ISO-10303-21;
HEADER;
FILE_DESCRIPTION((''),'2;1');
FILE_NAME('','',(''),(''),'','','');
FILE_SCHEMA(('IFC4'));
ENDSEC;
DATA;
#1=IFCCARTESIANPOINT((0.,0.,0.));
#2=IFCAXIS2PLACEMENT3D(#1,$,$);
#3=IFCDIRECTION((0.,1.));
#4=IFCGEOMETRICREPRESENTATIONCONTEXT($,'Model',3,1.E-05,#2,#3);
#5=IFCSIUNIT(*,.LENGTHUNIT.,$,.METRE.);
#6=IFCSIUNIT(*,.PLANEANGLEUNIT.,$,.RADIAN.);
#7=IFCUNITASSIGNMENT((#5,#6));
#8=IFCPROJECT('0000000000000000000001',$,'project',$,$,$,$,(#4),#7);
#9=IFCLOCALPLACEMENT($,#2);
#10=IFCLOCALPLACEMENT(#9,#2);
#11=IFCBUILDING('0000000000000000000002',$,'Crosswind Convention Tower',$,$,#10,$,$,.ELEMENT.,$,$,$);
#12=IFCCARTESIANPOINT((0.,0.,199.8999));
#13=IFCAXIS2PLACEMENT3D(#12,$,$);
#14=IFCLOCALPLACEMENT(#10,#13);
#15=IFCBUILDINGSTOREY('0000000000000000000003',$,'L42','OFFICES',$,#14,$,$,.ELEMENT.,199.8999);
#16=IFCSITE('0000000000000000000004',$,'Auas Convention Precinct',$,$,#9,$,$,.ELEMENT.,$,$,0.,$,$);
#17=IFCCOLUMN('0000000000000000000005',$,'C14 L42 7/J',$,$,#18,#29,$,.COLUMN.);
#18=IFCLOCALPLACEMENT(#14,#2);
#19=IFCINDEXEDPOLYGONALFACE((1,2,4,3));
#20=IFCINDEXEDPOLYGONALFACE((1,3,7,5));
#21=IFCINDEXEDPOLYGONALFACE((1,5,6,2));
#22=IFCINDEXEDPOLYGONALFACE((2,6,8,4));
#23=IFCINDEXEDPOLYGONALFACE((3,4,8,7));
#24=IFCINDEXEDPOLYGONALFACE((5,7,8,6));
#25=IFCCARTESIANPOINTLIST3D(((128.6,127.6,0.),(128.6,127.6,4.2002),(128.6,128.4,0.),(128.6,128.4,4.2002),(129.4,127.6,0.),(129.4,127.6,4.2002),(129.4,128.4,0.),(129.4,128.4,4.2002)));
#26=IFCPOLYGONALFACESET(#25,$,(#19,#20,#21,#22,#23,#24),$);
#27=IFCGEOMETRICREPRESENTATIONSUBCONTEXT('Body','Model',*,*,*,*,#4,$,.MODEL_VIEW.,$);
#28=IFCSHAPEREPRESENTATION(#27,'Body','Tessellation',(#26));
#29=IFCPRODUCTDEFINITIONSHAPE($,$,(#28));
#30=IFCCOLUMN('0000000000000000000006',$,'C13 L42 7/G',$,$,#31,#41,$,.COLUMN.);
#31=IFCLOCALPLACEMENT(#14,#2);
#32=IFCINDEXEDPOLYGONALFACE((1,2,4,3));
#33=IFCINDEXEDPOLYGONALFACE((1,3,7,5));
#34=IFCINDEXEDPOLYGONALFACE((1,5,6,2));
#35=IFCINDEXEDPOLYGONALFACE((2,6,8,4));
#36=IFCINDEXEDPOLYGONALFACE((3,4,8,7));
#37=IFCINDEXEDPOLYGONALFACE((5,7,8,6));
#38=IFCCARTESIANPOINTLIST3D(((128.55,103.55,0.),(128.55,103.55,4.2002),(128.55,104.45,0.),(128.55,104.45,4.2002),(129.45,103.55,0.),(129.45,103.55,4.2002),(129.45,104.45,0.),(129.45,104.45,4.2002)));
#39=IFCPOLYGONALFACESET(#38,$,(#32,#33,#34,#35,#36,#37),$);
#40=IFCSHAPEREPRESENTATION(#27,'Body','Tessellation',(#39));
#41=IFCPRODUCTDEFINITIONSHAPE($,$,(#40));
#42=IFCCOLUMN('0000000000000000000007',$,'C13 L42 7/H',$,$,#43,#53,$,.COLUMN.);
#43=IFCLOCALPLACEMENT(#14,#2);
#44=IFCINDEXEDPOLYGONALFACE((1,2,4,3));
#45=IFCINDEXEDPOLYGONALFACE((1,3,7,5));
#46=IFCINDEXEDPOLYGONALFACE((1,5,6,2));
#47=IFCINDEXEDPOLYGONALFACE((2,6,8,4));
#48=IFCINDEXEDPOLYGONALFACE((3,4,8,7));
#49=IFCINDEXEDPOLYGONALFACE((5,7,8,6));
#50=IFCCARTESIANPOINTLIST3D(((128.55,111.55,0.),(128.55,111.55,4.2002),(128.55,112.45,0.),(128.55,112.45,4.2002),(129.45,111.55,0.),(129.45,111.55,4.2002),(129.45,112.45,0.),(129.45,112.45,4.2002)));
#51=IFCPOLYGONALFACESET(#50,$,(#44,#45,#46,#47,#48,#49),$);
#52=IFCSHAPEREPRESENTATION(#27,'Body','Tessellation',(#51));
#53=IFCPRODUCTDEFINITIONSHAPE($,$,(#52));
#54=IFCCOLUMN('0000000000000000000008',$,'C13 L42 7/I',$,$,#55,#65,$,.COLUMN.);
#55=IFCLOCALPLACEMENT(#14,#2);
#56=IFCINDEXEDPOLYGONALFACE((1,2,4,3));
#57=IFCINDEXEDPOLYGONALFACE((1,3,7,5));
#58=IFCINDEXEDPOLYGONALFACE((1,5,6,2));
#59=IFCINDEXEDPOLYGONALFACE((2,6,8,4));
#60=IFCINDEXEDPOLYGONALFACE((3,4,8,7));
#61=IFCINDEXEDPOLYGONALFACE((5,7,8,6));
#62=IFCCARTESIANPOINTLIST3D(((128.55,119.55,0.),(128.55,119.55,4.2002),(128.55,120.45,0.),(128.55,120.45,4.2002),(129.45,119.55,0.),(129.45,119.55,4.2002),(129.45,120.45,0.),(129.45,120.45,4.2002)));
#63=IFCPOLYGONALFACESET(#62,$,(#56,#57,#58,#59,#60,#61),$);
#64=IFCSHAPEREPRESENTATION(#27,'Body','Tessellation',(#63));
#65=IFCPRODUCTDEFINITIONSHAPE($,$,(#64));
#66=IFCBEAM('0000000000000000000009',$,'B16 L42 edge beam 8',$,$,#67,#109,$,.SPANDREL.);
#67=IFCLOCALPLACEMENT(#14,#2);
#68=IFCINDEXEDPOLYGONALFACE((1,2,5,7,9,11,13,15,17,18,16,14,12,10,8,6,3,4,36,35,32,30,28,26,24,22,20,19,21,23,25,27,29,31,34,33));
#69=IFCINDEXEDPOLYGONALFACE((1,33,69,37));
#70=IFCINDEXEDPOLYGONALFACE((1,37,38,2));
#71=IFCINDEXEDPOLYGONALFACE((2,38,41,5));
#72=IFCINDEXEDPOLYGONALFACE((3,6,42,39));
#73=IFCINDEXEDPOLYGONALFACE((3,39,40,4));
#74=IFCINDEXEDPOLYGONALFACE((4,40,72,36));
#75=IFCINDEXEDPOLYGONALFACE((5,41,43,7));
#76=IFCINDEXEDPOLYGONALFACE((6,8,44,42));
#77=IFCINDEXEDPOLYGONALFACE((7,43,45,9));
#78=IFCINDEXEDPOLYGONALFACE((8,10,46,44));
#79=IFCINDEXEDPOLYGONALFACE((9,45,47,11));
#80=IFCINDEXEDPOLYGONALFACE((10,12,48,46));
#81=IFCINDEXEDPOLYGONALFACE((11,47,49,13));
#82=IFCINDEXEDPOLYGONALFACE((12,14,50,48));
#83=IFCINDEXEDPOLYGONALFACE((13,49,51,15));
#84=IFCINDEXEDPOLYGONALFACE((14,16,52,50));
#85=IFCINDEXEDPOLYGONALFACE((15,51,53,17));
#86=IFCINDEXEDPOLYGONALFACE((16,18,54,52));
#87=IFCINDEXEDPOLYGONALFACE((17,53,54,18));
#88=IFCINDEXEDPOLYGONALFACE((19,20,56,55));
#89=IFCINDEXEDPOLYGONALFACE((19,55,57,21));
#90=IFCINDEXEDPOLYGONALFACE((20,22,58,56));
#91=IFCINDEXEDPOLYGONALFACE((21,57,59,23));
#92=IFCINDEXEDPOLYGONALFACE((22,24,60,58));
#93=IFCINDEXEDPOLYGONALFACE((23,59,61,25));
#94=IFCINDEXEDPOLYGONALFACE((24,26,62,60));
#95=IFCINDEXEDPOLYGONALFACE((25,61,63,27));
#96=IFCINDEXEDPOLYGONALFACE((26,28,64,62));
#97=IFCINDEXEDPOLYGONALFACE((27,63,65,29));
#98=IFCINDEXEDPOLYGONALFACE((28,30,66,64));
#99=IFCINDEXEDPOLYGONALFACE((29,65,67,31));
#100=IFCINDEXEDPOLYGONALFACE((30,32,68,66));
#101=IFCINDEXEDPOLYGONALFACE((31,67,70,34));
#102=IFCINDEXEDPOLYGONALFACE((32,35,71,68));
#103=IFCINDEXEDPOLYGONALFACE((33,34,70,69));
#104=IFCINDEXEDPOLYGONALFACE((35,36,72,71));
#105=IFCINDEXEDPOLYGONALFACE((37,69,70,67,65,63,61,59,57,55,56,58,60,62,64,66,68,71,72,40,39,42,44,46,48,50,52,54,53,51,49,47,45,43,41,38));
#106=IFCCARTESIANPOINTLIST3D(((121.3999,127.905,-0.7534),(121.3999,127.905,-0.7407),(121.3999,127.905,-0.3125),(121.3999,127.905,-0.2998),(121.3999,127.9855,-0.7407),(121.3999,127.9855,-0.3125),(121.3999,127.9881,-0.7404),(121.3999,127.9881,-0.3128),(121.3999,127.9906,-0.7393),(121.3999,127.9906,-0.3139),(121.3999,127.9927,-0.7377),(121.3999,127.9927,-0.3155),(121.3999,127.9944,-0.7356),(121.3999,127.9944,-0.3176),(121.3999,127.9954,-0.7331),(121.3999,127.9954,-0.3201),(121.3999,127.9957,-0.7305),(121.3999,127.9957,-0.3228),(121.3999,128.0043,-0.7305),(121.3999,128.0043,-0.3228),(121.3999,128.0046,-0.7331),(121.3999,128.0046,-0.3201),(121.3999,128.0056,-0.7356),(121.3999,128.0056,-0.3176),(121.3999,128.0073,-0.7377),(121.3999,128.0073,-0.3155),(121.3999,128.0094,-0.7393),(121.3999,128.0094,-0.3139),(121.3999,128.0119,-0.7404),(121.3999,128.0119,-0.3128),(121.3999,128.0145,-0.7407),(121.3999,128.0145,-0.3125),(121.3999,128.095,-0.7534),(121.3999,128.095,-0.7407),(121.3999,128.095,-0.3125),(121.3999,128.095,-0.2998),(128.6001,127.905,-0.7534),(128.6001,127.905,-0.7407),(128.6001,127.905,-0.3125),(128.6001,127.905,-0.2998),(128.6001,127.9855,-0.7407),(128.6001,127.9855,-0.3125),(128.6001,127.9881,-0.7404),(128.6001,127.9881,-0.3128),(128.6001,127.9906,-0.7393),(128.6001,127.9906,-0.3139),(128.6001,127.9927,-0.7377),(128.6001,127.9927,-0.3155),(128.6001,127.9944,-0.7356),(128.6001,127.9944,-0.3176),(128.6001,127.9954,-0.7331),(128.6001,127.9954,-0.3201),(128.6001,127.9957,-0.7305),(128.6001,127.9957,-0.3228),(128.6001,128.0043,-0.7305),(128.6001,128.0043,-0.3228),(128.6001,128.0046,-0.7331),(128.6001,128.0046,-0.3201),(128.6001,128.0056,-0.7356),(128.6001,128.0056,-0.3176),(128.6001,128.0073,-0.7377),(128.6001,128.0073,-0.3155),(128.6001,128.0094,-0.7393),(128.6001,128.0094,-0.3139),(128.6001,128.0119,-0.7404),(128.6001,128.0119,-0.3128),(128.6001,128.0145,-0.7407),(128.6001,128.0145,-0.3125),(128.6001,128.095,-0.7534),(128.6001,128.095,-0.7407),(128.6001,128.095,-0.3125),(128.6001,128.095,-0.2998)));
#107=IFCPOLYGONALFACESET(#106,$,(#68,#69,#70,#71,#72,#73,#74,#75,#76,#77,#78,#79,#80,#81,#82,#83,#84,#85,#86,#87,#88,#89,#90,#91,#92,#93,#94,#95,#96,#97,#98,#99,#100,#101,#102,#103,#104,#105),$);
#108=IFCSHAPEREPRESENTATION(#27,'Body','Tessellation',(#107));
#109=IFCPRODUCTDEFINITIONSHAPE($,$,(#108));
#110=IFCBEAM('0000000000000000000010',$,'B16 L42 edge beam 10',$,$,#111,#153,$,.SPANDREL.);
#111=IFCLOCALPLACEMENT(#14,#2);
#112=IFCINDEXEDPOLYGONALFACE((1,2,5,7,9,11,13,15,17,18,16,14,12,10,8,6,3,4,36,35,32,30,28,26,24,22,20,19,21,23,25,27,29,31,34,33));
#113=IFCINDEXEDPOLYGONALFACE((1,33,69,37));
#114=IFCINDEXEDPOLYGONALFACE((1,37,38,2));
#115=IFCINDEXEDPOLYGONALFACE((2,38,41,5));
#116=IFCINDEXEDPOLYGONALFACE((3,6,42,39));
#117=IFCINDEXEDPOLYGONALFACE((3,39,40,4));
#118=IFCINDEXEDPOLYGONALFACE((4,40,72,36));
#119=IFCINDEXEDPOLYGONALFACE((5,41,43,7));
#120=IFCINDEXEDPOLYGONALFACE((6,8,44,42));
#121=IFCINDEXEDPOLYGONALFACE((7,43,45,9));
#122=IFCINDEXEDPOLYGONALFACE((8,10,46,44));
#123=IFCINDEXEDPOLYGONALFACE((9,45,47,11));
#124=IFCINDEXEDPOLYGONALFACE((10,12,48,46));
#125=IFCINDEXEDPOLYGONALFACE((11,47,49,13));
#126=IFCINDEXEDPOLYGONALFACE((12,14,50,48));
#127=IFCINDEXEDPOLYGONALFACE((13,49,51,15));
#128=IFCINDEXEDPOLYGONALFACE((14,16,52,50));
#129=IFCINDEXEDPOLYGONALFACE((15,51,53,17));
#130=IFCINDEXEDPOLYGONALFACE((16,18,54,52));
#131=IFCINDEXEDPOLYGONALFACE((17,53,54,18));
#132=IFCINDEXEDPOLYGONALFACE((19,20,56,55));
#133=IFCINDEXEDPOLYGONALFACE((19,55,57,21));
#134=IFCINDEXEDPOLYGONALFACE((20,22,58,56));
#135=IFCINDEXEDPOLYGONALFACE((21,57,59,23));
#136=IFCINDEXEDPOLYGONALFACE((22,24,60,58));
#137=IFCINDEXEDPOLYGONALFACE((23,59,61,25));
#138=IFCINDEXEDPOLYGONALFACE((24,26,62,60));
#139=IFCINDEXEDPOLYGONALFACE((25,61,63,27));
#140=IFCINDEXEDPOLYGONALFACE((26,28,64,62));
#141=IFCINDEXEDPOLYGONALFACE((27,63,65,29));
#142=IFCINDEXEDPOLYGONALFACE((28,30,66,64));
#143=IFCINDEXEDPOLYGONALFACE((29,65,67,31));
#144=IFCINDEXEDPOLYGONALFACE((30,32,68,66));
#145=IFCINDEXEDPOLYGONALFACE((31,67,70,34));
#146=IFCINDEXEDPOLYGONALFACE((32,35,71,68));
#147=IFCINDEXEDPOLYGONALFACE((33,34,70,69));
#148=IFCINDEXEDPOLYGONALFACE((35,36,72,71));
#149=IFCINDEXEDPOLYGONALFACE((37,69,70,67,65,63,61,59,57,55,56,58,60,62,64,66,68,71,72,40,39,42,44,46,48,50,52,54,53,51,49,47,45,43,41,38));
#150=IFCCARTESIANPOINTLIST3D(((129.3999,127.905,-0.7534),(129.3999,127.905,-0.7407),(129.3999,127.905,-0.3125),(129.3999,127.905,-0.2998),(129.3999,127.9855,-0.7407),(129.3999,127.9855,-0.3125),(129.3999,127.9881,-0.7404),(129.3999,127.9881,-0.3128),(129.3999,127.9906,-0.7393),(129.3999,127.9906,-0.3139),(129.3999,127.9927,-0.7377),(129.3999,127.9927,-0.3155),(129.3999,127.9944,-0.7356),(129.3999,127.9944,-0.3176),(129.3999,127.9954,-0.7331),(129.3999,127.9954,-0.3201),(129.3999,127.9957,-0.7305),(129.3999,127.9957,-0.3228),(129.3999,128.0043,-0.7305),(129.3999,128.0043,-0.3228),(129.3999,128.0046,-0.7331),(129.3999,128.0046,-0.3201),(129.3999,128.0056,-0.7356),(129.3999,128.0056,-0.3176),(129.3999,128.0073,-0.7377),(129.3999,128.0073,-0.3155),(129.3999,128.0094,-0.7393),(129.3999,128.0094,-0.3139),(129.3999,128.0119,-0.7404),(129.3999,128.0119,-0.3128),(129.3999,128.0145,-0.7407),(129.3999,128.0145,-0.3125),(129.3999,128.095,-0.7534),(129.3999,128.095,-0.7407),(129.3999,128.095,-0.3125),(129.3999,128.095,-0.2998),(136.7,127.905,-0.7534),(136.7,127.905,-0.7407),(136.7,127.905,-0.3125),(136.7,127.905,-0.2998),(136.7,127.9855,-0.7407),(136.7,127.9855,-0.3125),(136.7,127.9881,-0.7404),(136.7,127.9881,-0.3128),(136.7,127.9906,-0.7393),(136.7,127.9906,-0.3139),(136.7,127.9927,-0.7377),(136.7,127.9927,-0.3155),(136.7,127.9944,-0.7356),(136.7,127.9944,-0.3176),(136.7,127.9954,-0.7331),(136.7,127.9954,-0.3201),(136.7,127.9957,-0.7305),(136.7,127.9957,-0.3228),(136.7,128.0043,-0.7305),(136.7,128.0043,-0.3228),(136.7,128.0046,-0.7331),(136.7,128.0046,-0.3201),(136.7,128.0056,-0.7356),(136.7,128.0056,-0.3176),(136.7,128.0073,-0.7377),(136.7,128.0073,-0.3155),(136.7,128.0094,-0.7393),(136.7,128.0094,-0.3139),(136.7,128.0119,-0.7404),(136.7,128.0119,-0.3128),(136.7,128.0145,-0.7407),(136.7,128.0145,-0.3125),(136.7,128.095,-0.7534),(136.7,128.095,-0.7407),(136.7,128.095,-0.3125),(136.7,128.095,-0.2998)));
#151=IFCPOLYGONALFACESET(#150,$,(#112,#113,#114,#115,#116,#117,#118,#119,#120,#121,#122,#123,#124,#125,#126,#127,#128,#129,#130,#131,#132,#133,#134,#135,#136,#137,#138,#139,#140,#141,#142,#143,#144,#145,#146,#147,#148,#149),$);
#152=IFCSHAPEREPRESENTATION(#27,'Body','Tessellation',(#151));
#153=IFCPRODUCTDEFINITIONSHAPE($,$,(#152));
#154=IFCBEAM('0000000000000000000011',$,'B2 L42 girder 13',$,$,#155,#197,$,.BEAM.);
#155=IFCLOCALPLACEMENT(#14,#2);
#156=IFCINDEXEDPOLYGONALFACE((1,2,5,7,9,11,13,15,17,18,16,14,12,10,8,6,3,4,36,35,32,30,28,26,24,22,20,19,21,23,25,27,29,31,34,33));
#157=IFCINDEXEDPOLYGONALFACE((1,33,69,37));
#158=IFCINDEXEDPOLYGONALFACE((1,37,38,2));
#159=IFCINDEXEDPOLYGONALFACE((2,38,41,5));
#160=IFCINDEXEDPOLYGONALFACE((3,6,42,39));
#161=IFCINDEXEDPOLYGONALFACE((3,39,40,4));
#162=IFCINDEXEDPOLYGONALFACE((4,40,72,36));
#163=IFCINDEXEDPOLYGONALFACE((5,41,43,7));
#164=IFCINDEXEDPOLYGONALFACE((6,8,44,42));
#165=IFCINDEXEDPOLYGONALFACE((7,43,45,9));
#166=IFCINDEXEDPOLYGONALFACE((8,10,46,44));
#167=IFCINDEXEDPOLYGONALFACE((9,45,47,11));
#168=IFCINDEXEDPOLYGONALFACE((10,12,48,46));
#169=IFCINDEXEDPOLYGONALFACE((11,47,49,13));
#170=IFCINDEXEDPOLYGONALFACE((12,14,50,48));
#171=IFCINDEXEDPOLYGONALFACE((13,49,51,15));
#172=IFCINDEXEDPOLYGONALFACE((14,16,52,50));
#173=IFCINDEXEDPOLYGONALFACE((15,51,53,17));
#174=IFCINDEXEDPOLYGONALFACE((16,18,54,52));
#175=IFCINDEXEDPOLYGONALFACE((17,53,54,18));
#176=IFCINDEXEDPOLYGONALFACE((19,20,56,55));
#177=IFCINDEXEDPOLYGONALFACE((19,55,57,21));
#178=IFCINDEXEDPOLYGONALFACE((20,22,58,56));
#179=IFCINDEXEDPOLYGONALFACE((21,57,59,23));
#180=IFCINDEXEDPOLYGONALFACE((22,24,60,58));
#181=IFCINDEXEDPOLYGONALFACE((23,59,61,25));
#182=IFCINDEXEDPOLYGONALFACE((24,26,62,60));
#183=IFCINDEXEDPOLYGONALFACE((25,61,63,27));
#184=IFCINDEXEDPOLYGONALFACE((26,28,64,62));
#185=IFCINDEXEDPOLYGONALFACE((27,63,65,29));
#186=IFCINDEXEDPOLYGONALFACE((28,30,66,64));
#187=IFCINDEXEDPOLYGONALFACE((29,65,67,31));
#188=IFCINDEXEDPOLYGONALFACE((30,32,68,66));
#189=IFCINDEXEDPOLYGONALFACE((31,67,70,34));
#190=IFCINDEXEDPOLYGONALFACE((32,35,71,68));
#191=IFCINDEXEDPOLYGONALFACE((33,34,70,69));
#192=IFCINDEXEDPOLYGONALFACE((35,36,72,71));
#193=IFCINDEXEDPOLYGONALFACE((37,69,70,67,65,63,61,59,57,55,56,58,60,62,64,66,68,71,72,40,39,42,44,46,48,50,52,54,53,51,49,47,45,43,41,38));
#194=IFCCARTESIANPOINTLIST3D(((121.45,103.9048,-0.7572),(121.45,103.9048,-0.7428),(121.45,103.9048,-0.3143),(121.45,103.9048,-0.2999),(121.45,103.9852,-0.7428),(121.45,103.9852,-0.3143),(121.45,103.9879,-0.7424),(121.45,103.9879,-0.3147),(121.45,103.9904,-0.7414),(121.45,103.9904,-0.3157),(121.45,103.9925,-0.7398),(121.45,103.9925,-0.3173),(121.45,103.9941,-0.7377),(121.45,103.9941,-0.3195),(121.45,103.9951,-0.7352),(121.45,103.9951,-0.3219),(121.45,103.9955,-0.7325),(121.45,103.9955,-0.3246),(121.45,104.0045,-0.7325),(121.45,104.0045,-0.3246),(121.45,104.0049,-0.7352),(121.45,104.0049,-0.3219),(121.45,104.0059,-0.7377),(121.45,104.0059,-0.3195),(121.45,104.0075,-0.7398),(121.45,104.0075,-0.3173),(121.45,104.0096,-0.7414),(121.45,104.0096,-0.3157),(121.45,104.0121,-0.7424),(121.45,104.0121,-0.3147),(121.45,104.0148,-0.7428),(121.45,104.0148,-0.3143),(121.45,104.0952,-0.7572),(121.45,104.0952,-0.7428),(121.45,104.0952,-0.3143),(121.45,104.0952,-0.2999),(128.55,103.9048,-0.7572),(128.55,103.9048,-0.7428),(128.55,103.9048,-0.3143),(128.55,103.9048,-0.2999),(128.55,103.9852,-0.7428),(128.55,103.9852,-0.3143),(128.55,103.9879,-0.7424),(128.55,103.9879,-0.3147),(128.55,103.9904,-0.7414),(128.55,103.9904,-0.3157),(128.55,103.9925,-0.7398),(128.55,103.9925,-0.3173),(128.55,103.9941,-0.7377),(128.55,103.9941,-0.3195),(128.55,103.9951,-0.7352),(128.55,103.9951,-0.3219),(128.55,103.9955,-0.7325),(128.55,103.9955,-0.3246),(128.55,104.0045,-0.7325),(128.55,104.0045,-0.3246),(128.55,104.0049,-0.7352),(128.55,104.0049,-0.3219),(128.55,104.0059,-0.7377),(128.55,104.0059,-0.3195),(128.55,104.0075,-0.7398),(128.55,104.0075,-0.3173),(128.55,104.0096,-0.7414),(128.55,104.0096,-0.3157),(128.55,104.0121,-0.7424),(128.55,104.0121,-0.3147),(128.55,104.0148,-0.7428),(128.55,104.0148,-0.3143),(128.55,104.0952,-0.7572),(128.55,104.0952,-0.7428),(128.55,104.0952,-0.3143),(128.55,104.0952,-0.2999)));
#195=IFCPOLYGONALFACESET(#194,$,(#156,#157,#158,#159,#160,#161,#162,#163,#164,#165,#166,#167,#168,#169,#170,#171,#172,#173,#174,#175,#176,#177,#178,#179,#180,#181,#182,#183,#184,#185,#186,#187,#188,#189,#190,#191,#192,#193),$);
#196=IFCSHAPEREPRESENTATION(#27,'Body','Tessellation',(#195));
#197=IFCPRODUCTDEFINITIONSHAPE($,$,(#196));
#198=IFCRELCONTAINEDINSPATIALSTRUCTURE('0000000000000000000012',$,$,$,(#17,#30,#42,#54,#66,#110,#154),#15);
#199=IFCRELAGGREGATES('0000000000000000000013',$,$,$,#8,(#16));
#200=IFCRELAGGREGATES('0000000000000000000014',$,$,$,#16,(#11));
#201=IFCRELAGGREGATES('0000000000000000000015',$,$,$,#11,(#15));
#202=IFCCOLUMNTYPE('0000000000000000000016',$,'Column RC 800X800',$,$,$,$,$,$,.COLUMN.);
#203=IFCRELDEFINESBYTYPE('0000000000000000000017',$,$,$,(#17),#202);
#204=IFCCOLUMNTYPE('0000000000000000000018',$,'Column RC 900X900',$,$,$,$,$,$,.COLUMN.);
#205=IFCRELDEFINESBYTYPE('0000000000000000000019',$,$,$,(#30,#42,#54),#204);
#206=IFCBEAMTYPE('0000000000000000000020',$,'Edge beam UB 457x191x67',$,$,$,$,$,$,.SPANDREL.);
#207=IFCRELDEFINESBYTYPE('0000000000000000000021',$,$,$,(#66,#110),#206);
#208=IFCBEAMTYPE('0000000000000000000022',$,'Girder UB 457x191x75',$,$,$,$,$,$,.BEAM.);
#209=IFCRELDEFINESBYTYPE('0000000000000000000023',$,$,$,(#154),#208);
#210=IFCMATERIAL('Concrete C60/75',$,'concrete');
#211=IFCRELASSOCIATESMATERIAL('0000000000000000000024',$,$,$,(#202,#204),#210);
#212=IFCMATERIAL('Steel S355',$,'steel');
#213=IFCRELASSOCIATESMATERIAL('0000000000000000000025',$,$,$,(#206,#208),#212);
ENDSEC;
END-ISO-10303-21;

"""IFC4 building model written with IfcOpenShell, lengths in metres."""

from ifc_helpers import new_model, si_unit, direction, frame, origin, origin_2d, place, context, subcontext, project, spatial, rectangle, i_section, extrude, material, material_profile, profile_set, type_object, element, save


model = new_model("IFC4")

# Units and contexts
model_context = context("Model", 3, precision=1e-05, world=origin(), true_north=direction((0.0, 1.0)))
body_context = subcontext(model_context, "Body", "Model", "MODEL_VIEW")
ifc_project = project(units=[si_unit("LENGTHUNIT", "METRE"), si_unit("PLANEANGLEUNIT", "RADIAN")], contexts=[model_context])

# Site, building, storey
site_placement = place(None, origin())
site = spatial("IfcSite", under=ifc_project, at=site_placement, Name="Auas Convention Precinct", CompositionType="ELEMENT", RefElevation=0.0)
building_placement = place(site_placement, origin())
building = spatial("IfcBuilding", under=site, at=building_placement, Name="Crosswind Convention Tower", CompositionType="ELEMENT")
storey_placement = place(building_placement, frame((0.0, 0.0, 199.8999)))
storey = spatial("IfcBuildingStorey", under=building, at=storey_placement, Name="L42", Description="OFFICES", CompositionType="ELEMENT", Elevation=199.8999)

# Columns
ifc_material_1 = material(Name="Concrete C60/75", Category="concrete")
ifc_material_profile_1 = material_profile(ifc_material_1, rectangle(XDim=0.8, YDim=0.8, at=origin_2d()), Name="RC 800X800")
ifc_profile_set_1 = profile_set([ifc_material_profile_1], Name="Concrete C60/75")
column_type_1 = type_object("IfcColumnType", Name="Column RC 800X800", PredefinedType="COLUMN", material=ifc_profile_set_1)
column_placement = place(storey_placement, frame((129.0, 128.0, 0.0), z_axis=(0.0, 0.0, 1.0), x_axis=(1.0, 0.0, 0.0)))
element("IfcColumn", 1, at=column_placement, inside=storey, type_object=column_type_1, Name="C14 L42 7/J", PredefinedType="COLUMN", context=body_context, shape_type="SweptSolid", body=[
    extrude(rectangle(XDim=0.8, YDim=0.8, at=origin_2d()), origin(), (0.0, 0.0, 1.0), 4.2002),
])
ifc_material_profile_2 = material_profile(ifc_material_1, rectangle(XDim=0.8999, YDim=0.8999, at=origin_2d()), Name="RC 900X900")
ifc_profile_set_2 = profile_set([ifc_material_profile_2], Name="Concrete C60/75")
column_type_2 = type_object("IfcColumnType", Name="Column RC 900X900", PredefinedType="COLUMN", material=ifc_profile_set_2)
for number, where, z_axis, x_axis, name in (
    (2, (129.0, 104.0, 0.0), (0.0, 0.0, 1.0), (1.0, 0.0, 0.0), "C13 L42 7/G"),
    (3, (129.0, 112.0, 0.0), (0.0, 0.0, 1.0), (1.0, 0.0, 0.0), "C13 L42 7/H"),
    (4, (129.0, 120.0, 0.0), (0.0, 0.0, 1.0), (1.0, 0.0, 0.0), "C13 L42 7/I"),
):
    element("IfcColumn", number, at=place(storey_placement, frame(where, z_axis=z_axis, x_axis=x_axis)), inside=storey, type_object=column_type_2, Name=name, PredefinedType="COLUMN", context=body_context, shape_type="SweptSolid", body=[
        extrude(rectangle(XDim=0.8999, YDim=0.8999, at=origin_2d()), origin(), (0.0, 0.0, 1.0), 4.2002),
    ])

# Beams
ifc_material_2 = material(Name="Steel S355", Category="steel")
ifc_material_profile_3 = material_profile(ifc_material_2, i_section(OverallWidth=0.1899, OverallDepth=0.4536, WebThickness=0.0085, FlangeThickness=0.0127, FilletRadius=0.0103, at=origin_2d()), Name="UB 457x191x67")
ifc_profile_set_3 = profile_set([ifc_material_profile_3], Name="Steel S355")
beam_type_1 = type_object("IfcBeamType", Name="Edge beam UB 457x191x67", PredefinedType="SPANDREL", material=ifc_profile_set_3)
beam_1_placement = place(storey_placement, frame((121.3999, 128.0, -0.5266), z_axis=(1.0, 0.0, 0.0), x_axis=(0.0, 1.0, 0.0)))
element("IfcBeam", 5, at=beam_1_placement, inside=storey, type_object=beam_type_1, Name="B16 L42 edge beam 8", PredefinedType="SPANDREL", context=body_context, shape_type="SweptSolid", body=[
    extrude(i_section(OverallWidth=0.1899, OverallDepth=0.4536, WebThickness=0.0085, FlangeThickness=0.0127, FilletRadius=0.0103, at=origin_2d()), origin(), (0.0, 0.0, 1.0), 7.2002),
])
beam_2_placement = place(storey_placement, frame((129.3999, 128.0, -0.5266), z_axis=(1.0, 0.0, 0.0), x_axis=(0.0, 1.0, 0.0)))
element("IfcBeam", 6, at=beam_2_placement, inside=storey, type_object=beam_type_1, Name="B16 L42 edge beam 10", PredefinedType="SPANDREL", context=body_context, shape_type="SweptSolid", body=[
    extrude(i_section(OverallWidth=0.1899, OverallDepth=0.4536, WebThickness=0.0085, FlangeThickness=0.0127, FilletRadius=0.0103, at=origin_2d()), origin(), (0.0, 0.0, 1.0), 7.3),
])
ifc_material_profile_4 = material_profile(ifc_material_2, i_section(OverallWidth=0.1904, OverallDepth=0.4573, WebThickness=0.009, FlangeThickness=0.0144, FilletRadius=0.0103, at=origin_2d()), Name="UB 457x191x75")
ifc_profile_set_4 = profile_set([ifc_material_profile_4], Name="Steel S355")
beam_type_2 = type_object("IfcBeamType", Name="Girder UB 457x191x75", PredefinedType="BEAM", material=ifc_profile_set_4)
for number, where, z_axis, x_axis, name in (
    (7, (121.45, 104.0, -0.5286), (1.0, 0.0, 0.0), (0.0, 1.0, 0.0), "B2 L42 girder 13"),
):
    element("IfcBeam", number, at=place(storey_placement, frame(where, z_axis=z_axis, x_axis=x_axis)), inside=storey, type_object=beam_type_2, Name=name, PredefinedType="BEAM", context=body_context, shape_type="SweptSolid", body=[
        extrude(i_section(OverallWidth=0.1904, OverallDepth=0.4573, WebThickness=0.009, FlangeThickness=0.0144, FilletRadius=0.0103, at=origin_2d()), origin(), (0.0, 0.0, 1.0), 7.1001),
    ])

save(model, "model.ifc")
